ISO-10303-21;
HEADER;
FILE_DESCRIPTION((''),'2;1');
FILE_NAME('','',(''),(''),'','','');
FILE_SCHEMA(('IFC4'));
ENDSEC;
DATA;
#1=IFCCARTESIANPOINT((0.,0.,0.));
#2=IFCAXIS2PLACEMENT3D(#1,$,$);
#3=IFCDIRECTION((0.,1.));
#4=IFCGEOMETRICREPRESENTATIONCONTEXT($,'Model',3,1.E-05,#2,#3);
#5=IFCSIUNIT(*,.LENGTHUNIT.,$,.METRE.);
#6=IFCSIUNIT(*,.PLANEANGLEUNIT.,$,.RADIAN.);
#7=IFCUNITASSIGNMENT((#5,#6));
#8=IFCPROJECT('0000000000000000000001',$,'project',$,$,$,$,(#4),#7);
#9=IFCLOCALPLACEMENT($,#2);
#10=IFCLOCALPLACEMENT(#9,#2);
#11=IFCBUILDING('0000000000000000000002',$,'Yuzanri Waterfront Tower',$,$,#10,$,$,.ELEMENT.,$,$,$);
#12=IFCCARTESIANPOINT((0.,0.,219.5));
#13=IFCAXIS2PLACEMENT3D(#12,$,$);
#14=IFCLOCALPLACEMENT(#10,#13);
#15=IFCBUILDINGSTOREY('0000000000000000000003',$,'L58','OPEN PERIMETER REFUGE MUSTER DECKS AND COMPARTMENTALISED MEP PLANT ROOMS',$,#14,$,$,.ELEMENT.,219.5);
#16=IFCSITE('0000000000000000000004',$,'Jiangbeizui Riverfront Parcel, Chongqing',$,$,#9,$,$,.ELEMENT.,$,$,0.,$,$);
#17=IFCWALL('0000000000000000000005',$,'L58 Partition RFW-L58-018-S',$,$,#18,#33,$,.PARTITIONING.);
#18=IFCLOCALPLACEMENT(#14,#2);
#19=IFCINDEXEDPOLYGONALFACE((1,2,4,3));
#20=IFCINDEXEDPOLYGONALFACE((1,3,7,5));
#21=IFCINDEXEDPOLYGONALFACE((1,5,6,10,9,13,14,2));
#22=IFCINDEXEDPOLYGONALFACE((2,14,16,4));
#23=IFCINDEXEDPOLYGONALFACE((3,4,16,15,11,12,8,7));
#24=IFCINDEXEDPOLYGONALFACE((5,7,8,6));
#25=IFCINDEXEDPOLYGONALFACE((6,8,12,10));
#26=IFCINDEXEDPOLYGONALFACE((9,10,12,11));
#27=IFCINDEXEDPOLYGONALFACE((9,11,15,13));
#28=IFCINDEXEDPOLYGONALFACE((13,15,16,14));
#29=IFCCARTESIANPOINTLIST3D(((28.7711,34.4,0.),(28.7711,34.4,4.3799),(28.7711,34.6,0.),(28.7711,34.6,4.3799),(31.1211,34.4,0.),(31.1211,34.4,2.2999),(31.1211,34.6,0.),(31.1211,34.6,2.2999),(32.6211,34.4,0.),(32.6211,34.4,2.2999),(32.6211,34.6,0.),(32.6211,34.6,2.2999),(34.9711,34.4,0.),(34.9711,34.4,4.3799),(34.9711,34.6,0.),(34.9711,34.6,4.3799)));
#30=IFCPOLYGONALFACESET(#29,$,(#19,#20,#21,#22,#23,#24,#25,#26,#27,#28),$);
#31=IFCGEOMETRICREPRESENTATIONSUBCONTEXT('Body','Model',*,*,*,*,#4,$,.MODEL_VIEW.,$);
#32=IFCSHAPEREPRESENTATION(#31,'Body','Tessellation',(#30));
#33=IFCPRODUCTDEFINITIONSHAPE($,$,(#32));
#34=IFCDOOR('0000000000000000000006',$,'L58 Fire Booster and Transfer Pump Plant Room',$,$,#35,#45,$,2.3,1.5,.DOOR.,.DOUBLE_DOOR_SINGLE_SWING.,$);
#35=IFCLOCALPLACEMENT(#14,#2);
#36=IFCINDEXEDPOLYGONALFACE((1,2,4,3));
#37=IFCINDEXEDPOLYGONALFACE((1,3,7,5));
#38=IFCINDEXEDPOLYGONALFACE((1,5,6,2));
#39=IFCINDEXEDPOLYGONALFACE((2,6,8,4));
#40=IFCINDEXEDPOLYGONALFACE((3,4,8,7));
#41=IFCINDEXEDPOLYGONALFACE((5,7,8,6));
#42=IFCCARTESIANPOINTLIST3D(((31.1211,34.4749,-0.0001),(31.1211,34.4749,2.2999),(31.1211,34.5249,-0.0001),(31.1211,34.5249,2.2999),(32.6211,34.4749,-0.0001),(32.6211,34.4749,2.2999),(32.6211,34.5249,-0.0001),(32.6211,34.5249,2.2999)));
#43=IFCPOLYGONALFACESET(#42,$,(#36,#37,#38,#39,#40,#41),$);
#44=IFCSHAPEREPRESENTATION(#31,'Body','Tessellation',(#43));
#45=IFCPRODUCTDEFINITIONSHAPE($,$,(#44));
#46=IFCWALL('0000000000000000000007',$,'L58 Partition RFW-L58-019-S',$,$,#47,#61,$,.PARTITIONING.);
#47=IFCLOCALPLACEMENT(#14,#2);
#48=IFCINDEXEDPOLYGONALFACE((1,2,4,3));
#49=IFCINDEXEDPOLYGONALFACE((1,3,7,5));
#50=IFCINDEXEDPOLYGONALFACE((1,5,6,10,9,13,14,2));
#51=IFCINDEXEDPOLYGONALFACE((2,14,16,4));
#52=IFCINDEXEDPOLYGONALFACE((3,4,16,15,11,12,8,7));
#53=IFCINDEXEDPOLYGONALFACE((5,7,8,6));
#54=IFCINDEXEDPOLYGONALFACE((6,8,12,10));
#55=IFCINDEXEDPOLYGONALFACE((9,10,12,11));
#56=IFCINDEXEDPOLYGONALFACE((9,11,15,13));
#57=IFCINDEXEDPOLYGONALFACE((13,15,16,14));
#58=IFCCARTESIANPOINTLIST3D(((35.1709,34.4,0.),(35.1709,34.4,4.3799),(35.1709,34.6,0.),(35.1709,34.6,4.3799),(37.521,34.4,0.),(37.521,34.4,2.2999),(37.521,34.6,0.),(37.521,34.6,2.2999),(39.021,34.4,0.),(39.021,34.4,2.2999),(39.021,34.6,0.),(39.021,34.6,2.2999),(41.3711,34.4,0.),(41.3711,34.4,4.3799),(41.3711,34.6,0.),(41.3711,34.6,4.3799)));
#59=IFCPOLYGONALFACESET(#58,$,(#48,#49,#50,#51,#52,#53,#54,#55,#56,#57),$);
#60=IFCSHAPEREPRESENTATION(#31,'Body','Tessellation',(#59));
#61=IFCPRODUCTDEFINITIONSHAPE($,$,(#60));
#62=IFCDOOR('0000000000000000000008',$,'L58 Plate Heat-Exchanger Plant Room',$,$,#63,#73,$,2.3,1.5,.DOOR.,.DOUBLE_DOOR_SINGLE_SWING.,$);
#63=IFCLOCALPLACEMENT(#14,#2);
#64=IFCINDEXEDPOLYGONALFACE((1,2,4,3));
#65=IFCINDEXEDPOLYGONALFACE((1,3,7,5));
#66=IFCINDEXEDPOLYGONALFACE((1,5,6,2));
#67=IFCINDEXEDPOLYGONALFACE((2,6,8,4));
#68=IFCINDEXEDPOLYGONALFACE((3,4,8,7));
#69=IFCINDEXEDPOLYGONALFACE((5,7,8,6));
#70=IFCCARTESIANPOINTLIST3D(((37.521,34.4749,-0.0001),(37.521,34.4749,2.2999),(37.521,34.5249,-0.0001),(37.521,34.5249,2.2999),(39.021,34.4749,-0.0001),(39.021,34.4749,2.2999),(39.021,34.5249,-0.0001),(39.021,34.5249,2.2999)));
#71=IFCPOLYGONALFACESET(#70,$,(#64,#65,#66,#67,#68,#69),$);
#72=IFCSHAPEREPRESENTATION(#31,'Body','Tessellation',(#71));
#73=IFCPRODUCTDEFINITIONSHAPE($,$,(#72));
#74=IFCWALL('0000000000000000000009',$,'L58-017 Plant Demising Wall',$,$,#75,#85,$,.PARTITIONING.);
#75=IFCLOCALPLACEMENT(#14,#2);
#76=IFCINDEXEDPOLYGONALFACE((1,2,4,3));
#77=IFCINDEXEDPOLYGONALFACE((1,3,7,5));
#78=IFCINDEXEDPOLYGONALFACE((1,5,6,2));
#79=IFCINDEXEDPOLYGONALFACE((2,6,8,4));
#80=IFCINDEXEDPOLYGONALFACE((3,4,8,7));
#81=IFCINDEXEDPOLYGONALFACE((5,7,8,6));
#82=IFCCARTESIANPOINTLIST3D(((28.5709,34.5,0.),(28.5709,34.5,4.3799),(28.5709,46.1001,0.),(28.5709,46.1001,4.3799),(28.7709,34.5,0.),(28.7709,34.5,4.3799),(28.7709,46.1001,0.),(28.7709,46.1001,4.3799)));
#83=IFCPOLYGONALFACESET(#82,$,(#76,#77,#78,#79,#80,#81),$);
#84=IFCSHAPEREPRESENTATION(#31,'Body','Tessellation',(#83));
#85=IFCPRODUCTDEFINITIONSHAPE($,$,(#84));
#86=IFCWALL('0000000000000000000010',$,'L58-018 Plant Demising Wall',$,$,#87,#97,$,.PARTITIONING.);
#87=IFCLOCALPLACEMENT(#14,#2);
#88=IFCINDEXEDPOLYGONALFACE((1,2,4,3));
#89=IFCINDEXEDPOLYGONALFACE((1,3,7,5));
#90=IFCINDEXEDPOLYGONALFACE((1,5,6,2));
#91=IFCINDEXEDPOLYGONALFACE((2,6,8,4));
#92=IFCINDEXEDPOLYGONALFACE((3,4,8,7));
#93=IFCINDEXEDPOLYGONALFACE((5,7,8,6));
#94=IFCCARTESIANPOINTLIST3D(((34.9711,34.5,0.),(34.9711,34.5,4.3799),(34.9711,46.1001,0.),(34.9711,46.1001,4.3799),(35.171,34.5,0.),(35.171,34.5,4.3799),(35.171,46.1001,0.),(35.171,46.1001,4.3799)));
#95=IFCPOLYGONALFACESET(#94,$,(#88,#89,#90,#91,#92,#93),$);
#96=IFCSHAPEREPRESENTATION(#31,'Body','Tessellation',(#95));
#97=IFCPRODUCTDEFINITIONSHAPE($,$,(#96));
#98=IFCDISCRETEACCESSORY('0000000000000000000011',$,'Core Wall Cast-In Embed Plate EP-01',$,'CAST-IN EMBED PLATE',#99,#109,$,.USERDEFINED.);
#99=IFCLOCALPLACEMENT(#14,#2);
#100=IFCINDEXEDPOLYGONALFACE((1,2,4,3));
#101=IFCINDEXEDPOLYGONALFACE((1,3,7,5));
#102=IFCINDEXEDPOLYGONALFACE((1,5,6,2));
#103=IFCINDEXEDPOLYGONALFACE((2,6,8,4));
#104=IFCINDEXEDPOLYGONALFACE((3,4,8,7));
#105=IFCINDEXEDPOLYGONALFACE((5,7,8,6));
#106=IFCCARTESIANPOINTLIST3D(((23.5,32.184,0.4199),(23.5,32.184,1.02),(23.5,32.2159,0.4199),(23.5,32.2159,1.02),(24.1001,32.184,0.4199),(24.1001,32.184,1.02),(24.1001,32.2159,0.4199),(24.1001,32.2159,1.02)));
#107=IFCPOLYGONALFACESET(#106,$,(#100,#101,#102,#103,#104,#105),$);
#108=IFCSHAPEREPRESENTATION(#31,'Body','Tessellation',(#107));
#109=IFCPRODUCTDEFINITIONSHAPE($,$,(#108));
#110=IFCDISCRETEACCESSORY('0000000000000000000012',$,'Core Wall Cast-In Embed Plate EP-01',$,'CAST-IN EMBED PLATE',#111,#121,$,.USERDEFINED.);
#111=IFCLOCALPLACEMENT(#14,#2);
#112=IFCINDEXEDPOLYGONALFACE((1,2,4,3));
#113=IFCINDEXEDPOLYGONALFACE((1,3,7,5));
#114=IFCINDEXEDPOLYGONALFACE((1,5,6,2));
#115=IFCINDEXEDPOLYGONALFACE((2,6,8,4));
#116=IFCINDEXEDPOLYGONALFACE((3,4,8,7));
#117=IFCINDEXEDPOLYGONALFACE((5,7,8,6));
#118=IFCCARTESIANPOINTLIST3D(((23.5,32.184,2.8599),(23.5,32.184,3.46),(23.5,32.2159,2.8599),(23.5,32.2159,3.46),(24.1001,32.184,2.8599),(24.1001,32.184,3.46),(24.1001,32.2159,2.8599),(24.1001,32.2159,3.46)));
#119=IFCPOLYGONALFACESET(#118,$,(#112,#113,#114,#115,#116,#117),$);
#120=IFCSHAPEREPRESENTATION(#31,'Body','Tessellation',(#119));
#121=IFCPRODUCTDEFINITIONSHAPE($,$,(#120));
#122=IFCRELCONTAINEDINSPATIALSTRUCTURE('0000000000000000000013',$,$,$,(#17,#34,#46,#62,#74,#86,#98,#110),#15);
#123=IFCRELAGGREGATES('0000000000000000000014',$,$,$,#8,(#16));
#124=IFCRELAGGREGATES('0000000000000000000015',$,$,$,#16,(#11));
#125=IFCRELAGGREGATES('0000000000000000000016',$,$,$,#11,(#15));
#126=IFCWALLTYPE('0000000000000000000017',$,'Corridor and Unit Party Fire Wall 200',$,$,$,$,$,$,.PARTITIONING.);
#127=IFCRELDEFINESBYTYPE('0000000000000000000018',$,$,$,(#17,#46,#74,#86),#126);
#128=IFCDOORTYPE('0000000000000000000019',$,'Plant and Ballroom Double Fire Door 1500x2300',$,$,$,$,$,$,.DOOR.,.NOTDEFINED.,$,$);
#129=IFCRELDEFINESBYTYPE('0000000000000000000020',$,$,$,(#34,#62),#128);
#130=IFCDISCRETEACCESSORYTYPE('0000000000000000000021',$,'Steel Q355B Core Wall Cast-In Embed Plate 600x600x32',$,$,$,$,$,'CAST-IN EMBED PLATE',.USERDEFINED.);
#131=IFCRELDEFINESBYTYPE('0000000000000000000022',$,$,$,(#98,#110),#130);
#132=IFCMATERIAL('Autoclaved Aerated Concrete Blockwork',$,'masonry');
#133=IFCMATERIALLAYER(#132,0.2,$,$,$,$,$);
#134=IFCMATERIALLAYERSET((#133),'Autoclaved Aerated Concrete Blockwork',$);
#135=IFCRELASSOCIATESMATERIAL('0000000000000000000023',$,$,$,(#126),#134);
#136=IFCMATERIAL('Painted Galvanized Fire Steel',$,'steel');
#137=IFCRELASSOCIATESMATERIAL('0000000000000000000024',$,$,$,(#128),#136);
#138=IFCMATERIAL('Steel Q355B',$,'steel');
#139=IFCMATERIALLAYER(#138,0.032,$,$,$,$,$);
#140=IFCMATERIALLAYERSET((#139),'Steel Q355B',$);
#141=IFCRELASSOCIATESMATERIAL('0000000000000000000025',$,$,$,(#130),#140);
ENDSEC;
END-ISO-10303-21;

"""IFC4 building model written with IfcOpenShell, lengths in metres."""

from ifc_helpers import new_model, si_unit, direction, frame, frame_2d, origin, origin_2d, place, context, subcontext, project, spatial, rectangle, extrude, source, transform, mapped, material, layer, layer_set, type_object, element, fill, save


model = new_model("IFC4")

# Units and contexts
model_context = context("Model", 3, precision=1e-05, world=origin(), true_north=direction((0.0, 1.0)))
body_context = subcontext(model_context, "Body", "Model", "MODEL_VIEW")
ifc_project = project(units=[si_unit("LENGTHUNIT", "METRE"), si_unit("PLANEANGLEUNIT", "RADIAN")], contexts=[model_context])

# Site, building, storey
site_placement = place(None, origin())
site = spatial("IfcSite", under=ifc_project, at=site_placement, Name="Jiangbeizui Riverfront Parcel, Chongqing", CompositionType="ELEMENT", RefElevation=0.0)
building_placement = place(site_placement, origin())
building = spatial("IfcBuilding", under=site, at=building_placement, Name="Yuzanri Waterfront Tower", CompositionType="ELEMENT")
storey_placement = place(building_placement, frame((0.0, 0.0, 219.5)))
storey = spatial("IfcBuildingStorey", under=building, at=storey_placement, Name="L58", Description="OPEN PERIMETER REFUGE MUSTER DECKS AND COMPARTMENTALISED MEP PLANT ROOMS", CompositionType="ELEMENT", Elevation=219.5)

# Walls, openings, doors
ifc_material_1 = material(Name="Autoclaved Aerated Concrete Blockwork", Category="masonry")
ifc_layer_1 = layer(ifc_material_1, 0.2)
ifc_layer_set_1 = layer_set([ifc_layer_1], Name="Autoclaved Aerated Concrete Blockwork")
wall_type = type_object("IfcWallType", Name="Corridor and Unit Party Fire Wall 200", PredefinedType="PARTITIONING", material=ifc_layer_set_1)
wall_1_placement = place(storey_placement, frame((28.771, 34.5, 0.0), z_axis=(0.0, 0.0, 1.0), x_axis=(1.0, 0.0, 0.0)))
wall_1 = element("IfcWall", 1, at=wall_1_placement, inside=storey, type_object=wall_type, Name="L58 Partition RFW-L58-018-S", PredefinedType="PARTITIONING", context=body_context, shape_type="SweptSolid", body=[
    extrude(rectangle(XDim=6.2, YDim=0.2, at=frame_2d((3.1001, 0.0))), origin(), (0.0, 0.0, 1.0), 4.3799),
])
opening_1_placement = place(wall_1_placement, frame((2.3501, 0.0, 0.0)))
opening_1 = element("IfcOpeningElement", 2, at=opening_1_placement, cuts=wall_1, PredefinedType="OPENING", context=body_context, shape_type="SweptSolid", body=[
    extrude(rectangle(XDim=1.5, YDim=2.3, at=frame_2d((0.75, 1.1499))), frame((0.0, 0.1147, 0.0), z_axis=(0.0, -1.0, 0.0), x_axis=(1.0, 0.0, 0.0)), (0.0, 0.0, 1.0), 0.2297),
])
ifc_material_2 = material(Name="Painted Galvanized Fire Steel", Category="steel")
door_type = type_object("IfcDoorType", Name="Plant and Ballroom Double Fire Door 1500x2300", OperationType="NOTDEFINED", PredefinedType="DOOR", material=ifc_material_2)
shared_shape_1 = source(origin(), body_context, "Body", "SweptSolid", [
    extrude(rectangle(XDim=1.5, YDim=2.3, at=frame_2d((0.75, 1.1499))), frame((0.0, 0.0249, 0.0), z_axis=(0.0, -1.0, 0.0), x_axis=(1.0, 0.0, 0.0)), (0.0, 0.0, 1.0), 0.05),
])
door_1_placement = place(opening_1_placement, origin())
door_1 = element("IfcDoor", 3, at=door_1_placement, inside=storey, type_object=door_type, Name="L58 Fire Booster and Transfer Pump Plant Room", OperationType="DOUBLE_DOOR_SINGLE_SWING", OverallHeight=2.3, OverallWidth=1.5, PredefinedType="DOOR", context=body_context, shape_type="MappedRepresentation", body=[
    mapped(shared_shape_1, transform((0.0, 0.0, 0.0), scale=1.0)),
])
fill(opening_1, door_1)
wall_2_placement = place(storey_placement, frame((35.1709, 34.5, 0.0), z_axis=(0.0, 0.0, 1.0), x_axis=(1.0, 0.0, 0.0)))
wall_2 = element("IfcWall", 4, at=wall_2_placement, inside=storey, type_object=wall_type, Name="L58 Partition RFW-L58-019-S", PredefinedType="PARTITIONING", context=body_context, shape_type="SweptSolid", body=[
    extrude(rectangle(XDim=6.2002, YDim=0.2, at=frame_2d((3.1001, 0.0))), origin(), (0.0, 0.0, 1.0), 4.3799),
])
opening_2_placement = place(wall_2_placement, frame((2.3501, 0.0, 0.0)))
opening_2 = element("IfcOpeningElement", 5, at=opening_2_placement, cuts=wall_2, PredefinedType="OPENING", context=body_context, shape_type="SweptSolid", body=[
    extrude(rectangle(XDim=1.5, YDim=2.3, at=frame_2d((0.75, 1.1499))), frame((0.0, 0.1147, 0.0), z_axis=(0.0, -1.0, 0.0), x_axis=(1.0, 0.0, 0.0)), (0.0, 0.0, 1.0), 0.2297),
])
door_2_placement = place(opening_2_placement, origin())
door_2 = element("IfcDoor", 6, at=door_2_placement, inside=storey, type_object=door_type, Name="L58 Plate Heat-Exchanger Plant Room", OperationType="DOUBLE_DOOR_SINGLE_SWING", OverallHeight=2.3, OverallWidth=1.5, PredefinedType="DOOR", context=body_context, shape_type="MappedRepresentation", body=[
    mapped(shared_shape_1, transform((0.0, 0.0, 0.0), scale=1.0)),
])
fill(opening_2, door_2)

# Walls
shared_shape_2 = source(origin(), body_context, "Body", "SweptSolid", [
    extrude(rectangle(XDim=11.6001, YDim=0.2, at=frame_2d((5.8, 0.0))), origin(), (0.0, 0.0, 1.0), 4.3799),
])
for number, where, z_axis, x_axis, name in (
    (7, (28.6709, 34.5, 0.0), (0.0, 0.0, 1.0), (0.0, 1.0, 0.0), "L58-017 Plant Demising Wall"),
    (8, (35.071, 34.5, 0.0), (0.0, 0.0, 1.0), (0.0, 1.0, 0.0), "L58-018 Plant Demising Wall"),
):
    element("IfcWall", number, at=place(storey_placement, frame(where, z_axis=z_axis, x_axis=x_axis)), inside=storey, type_object=wall_type, Name=name, PredefinedType="PARTITIONING", context=body_context, shape_type="MappedRepresentation", body=[
        mapped(shared_shape_2, transform((0.0, 0.0, 0.0), scale=1.0)),
    ])

# Discrete accessories
ifc_material_3 = material(Name="Steel Q355B", Category="steel")
ifc_layer_2 = layer(ifc_material_3, 0.032)
ifc_layer_set_2 = layer_set([ifc_layer_2], Name="Steel Q355B")
discrete_accessory_type = type_object("IfcDiscreteAccessoryType", Name="Steel Q355B Core Wall Cast-In Embed Plate 600x600x32", ElementType="CAST-IN EMBED PLATE", PredefinedType="USERDEFINED", material=ifc_layer_set_2)
shared_shape_3 = source(origin(), body_context, "Body", "SweptSolid", [
    extrude(rectangle(XDim=0.6001, YDim=0.032, at=origin_2d()), origin(), (0.0, 0.0, 1.0), 0.6001),
])
for number, where, z_axis, x_axis, name in (
    (9, (23.8, 32.2, 0.4199), (0.0, 0.0, 1.0), (1.0, 0.0, 0.0), "Core Wall Cast-In Embed Plate EP-01"),
    (10, (23.8, 32.2, 2.8599), (0.0, 0.0, 1.0), (1.0, 0.0, 0.0), "Core Wall Cast-In Embed Plate EP-01"),
):
    element("IfcDiscreteAccessory", number, at=place(storey_placement, frame(where, z_axis=z_axis, x_axis=x_axis)), inside=storey, type_object=discrete_accessory_type, Name=name, ObjectType="CAST-IN EMBED PLATE", PredefinedType="USERDEFINED", context=body_context, shape_type="MappedRepresentation", body=[
        mapped(shared_shape_3, transform((0.0, 0.0, 0.0), scale=1.0)),
    ])

save(model, "model.ifc")
